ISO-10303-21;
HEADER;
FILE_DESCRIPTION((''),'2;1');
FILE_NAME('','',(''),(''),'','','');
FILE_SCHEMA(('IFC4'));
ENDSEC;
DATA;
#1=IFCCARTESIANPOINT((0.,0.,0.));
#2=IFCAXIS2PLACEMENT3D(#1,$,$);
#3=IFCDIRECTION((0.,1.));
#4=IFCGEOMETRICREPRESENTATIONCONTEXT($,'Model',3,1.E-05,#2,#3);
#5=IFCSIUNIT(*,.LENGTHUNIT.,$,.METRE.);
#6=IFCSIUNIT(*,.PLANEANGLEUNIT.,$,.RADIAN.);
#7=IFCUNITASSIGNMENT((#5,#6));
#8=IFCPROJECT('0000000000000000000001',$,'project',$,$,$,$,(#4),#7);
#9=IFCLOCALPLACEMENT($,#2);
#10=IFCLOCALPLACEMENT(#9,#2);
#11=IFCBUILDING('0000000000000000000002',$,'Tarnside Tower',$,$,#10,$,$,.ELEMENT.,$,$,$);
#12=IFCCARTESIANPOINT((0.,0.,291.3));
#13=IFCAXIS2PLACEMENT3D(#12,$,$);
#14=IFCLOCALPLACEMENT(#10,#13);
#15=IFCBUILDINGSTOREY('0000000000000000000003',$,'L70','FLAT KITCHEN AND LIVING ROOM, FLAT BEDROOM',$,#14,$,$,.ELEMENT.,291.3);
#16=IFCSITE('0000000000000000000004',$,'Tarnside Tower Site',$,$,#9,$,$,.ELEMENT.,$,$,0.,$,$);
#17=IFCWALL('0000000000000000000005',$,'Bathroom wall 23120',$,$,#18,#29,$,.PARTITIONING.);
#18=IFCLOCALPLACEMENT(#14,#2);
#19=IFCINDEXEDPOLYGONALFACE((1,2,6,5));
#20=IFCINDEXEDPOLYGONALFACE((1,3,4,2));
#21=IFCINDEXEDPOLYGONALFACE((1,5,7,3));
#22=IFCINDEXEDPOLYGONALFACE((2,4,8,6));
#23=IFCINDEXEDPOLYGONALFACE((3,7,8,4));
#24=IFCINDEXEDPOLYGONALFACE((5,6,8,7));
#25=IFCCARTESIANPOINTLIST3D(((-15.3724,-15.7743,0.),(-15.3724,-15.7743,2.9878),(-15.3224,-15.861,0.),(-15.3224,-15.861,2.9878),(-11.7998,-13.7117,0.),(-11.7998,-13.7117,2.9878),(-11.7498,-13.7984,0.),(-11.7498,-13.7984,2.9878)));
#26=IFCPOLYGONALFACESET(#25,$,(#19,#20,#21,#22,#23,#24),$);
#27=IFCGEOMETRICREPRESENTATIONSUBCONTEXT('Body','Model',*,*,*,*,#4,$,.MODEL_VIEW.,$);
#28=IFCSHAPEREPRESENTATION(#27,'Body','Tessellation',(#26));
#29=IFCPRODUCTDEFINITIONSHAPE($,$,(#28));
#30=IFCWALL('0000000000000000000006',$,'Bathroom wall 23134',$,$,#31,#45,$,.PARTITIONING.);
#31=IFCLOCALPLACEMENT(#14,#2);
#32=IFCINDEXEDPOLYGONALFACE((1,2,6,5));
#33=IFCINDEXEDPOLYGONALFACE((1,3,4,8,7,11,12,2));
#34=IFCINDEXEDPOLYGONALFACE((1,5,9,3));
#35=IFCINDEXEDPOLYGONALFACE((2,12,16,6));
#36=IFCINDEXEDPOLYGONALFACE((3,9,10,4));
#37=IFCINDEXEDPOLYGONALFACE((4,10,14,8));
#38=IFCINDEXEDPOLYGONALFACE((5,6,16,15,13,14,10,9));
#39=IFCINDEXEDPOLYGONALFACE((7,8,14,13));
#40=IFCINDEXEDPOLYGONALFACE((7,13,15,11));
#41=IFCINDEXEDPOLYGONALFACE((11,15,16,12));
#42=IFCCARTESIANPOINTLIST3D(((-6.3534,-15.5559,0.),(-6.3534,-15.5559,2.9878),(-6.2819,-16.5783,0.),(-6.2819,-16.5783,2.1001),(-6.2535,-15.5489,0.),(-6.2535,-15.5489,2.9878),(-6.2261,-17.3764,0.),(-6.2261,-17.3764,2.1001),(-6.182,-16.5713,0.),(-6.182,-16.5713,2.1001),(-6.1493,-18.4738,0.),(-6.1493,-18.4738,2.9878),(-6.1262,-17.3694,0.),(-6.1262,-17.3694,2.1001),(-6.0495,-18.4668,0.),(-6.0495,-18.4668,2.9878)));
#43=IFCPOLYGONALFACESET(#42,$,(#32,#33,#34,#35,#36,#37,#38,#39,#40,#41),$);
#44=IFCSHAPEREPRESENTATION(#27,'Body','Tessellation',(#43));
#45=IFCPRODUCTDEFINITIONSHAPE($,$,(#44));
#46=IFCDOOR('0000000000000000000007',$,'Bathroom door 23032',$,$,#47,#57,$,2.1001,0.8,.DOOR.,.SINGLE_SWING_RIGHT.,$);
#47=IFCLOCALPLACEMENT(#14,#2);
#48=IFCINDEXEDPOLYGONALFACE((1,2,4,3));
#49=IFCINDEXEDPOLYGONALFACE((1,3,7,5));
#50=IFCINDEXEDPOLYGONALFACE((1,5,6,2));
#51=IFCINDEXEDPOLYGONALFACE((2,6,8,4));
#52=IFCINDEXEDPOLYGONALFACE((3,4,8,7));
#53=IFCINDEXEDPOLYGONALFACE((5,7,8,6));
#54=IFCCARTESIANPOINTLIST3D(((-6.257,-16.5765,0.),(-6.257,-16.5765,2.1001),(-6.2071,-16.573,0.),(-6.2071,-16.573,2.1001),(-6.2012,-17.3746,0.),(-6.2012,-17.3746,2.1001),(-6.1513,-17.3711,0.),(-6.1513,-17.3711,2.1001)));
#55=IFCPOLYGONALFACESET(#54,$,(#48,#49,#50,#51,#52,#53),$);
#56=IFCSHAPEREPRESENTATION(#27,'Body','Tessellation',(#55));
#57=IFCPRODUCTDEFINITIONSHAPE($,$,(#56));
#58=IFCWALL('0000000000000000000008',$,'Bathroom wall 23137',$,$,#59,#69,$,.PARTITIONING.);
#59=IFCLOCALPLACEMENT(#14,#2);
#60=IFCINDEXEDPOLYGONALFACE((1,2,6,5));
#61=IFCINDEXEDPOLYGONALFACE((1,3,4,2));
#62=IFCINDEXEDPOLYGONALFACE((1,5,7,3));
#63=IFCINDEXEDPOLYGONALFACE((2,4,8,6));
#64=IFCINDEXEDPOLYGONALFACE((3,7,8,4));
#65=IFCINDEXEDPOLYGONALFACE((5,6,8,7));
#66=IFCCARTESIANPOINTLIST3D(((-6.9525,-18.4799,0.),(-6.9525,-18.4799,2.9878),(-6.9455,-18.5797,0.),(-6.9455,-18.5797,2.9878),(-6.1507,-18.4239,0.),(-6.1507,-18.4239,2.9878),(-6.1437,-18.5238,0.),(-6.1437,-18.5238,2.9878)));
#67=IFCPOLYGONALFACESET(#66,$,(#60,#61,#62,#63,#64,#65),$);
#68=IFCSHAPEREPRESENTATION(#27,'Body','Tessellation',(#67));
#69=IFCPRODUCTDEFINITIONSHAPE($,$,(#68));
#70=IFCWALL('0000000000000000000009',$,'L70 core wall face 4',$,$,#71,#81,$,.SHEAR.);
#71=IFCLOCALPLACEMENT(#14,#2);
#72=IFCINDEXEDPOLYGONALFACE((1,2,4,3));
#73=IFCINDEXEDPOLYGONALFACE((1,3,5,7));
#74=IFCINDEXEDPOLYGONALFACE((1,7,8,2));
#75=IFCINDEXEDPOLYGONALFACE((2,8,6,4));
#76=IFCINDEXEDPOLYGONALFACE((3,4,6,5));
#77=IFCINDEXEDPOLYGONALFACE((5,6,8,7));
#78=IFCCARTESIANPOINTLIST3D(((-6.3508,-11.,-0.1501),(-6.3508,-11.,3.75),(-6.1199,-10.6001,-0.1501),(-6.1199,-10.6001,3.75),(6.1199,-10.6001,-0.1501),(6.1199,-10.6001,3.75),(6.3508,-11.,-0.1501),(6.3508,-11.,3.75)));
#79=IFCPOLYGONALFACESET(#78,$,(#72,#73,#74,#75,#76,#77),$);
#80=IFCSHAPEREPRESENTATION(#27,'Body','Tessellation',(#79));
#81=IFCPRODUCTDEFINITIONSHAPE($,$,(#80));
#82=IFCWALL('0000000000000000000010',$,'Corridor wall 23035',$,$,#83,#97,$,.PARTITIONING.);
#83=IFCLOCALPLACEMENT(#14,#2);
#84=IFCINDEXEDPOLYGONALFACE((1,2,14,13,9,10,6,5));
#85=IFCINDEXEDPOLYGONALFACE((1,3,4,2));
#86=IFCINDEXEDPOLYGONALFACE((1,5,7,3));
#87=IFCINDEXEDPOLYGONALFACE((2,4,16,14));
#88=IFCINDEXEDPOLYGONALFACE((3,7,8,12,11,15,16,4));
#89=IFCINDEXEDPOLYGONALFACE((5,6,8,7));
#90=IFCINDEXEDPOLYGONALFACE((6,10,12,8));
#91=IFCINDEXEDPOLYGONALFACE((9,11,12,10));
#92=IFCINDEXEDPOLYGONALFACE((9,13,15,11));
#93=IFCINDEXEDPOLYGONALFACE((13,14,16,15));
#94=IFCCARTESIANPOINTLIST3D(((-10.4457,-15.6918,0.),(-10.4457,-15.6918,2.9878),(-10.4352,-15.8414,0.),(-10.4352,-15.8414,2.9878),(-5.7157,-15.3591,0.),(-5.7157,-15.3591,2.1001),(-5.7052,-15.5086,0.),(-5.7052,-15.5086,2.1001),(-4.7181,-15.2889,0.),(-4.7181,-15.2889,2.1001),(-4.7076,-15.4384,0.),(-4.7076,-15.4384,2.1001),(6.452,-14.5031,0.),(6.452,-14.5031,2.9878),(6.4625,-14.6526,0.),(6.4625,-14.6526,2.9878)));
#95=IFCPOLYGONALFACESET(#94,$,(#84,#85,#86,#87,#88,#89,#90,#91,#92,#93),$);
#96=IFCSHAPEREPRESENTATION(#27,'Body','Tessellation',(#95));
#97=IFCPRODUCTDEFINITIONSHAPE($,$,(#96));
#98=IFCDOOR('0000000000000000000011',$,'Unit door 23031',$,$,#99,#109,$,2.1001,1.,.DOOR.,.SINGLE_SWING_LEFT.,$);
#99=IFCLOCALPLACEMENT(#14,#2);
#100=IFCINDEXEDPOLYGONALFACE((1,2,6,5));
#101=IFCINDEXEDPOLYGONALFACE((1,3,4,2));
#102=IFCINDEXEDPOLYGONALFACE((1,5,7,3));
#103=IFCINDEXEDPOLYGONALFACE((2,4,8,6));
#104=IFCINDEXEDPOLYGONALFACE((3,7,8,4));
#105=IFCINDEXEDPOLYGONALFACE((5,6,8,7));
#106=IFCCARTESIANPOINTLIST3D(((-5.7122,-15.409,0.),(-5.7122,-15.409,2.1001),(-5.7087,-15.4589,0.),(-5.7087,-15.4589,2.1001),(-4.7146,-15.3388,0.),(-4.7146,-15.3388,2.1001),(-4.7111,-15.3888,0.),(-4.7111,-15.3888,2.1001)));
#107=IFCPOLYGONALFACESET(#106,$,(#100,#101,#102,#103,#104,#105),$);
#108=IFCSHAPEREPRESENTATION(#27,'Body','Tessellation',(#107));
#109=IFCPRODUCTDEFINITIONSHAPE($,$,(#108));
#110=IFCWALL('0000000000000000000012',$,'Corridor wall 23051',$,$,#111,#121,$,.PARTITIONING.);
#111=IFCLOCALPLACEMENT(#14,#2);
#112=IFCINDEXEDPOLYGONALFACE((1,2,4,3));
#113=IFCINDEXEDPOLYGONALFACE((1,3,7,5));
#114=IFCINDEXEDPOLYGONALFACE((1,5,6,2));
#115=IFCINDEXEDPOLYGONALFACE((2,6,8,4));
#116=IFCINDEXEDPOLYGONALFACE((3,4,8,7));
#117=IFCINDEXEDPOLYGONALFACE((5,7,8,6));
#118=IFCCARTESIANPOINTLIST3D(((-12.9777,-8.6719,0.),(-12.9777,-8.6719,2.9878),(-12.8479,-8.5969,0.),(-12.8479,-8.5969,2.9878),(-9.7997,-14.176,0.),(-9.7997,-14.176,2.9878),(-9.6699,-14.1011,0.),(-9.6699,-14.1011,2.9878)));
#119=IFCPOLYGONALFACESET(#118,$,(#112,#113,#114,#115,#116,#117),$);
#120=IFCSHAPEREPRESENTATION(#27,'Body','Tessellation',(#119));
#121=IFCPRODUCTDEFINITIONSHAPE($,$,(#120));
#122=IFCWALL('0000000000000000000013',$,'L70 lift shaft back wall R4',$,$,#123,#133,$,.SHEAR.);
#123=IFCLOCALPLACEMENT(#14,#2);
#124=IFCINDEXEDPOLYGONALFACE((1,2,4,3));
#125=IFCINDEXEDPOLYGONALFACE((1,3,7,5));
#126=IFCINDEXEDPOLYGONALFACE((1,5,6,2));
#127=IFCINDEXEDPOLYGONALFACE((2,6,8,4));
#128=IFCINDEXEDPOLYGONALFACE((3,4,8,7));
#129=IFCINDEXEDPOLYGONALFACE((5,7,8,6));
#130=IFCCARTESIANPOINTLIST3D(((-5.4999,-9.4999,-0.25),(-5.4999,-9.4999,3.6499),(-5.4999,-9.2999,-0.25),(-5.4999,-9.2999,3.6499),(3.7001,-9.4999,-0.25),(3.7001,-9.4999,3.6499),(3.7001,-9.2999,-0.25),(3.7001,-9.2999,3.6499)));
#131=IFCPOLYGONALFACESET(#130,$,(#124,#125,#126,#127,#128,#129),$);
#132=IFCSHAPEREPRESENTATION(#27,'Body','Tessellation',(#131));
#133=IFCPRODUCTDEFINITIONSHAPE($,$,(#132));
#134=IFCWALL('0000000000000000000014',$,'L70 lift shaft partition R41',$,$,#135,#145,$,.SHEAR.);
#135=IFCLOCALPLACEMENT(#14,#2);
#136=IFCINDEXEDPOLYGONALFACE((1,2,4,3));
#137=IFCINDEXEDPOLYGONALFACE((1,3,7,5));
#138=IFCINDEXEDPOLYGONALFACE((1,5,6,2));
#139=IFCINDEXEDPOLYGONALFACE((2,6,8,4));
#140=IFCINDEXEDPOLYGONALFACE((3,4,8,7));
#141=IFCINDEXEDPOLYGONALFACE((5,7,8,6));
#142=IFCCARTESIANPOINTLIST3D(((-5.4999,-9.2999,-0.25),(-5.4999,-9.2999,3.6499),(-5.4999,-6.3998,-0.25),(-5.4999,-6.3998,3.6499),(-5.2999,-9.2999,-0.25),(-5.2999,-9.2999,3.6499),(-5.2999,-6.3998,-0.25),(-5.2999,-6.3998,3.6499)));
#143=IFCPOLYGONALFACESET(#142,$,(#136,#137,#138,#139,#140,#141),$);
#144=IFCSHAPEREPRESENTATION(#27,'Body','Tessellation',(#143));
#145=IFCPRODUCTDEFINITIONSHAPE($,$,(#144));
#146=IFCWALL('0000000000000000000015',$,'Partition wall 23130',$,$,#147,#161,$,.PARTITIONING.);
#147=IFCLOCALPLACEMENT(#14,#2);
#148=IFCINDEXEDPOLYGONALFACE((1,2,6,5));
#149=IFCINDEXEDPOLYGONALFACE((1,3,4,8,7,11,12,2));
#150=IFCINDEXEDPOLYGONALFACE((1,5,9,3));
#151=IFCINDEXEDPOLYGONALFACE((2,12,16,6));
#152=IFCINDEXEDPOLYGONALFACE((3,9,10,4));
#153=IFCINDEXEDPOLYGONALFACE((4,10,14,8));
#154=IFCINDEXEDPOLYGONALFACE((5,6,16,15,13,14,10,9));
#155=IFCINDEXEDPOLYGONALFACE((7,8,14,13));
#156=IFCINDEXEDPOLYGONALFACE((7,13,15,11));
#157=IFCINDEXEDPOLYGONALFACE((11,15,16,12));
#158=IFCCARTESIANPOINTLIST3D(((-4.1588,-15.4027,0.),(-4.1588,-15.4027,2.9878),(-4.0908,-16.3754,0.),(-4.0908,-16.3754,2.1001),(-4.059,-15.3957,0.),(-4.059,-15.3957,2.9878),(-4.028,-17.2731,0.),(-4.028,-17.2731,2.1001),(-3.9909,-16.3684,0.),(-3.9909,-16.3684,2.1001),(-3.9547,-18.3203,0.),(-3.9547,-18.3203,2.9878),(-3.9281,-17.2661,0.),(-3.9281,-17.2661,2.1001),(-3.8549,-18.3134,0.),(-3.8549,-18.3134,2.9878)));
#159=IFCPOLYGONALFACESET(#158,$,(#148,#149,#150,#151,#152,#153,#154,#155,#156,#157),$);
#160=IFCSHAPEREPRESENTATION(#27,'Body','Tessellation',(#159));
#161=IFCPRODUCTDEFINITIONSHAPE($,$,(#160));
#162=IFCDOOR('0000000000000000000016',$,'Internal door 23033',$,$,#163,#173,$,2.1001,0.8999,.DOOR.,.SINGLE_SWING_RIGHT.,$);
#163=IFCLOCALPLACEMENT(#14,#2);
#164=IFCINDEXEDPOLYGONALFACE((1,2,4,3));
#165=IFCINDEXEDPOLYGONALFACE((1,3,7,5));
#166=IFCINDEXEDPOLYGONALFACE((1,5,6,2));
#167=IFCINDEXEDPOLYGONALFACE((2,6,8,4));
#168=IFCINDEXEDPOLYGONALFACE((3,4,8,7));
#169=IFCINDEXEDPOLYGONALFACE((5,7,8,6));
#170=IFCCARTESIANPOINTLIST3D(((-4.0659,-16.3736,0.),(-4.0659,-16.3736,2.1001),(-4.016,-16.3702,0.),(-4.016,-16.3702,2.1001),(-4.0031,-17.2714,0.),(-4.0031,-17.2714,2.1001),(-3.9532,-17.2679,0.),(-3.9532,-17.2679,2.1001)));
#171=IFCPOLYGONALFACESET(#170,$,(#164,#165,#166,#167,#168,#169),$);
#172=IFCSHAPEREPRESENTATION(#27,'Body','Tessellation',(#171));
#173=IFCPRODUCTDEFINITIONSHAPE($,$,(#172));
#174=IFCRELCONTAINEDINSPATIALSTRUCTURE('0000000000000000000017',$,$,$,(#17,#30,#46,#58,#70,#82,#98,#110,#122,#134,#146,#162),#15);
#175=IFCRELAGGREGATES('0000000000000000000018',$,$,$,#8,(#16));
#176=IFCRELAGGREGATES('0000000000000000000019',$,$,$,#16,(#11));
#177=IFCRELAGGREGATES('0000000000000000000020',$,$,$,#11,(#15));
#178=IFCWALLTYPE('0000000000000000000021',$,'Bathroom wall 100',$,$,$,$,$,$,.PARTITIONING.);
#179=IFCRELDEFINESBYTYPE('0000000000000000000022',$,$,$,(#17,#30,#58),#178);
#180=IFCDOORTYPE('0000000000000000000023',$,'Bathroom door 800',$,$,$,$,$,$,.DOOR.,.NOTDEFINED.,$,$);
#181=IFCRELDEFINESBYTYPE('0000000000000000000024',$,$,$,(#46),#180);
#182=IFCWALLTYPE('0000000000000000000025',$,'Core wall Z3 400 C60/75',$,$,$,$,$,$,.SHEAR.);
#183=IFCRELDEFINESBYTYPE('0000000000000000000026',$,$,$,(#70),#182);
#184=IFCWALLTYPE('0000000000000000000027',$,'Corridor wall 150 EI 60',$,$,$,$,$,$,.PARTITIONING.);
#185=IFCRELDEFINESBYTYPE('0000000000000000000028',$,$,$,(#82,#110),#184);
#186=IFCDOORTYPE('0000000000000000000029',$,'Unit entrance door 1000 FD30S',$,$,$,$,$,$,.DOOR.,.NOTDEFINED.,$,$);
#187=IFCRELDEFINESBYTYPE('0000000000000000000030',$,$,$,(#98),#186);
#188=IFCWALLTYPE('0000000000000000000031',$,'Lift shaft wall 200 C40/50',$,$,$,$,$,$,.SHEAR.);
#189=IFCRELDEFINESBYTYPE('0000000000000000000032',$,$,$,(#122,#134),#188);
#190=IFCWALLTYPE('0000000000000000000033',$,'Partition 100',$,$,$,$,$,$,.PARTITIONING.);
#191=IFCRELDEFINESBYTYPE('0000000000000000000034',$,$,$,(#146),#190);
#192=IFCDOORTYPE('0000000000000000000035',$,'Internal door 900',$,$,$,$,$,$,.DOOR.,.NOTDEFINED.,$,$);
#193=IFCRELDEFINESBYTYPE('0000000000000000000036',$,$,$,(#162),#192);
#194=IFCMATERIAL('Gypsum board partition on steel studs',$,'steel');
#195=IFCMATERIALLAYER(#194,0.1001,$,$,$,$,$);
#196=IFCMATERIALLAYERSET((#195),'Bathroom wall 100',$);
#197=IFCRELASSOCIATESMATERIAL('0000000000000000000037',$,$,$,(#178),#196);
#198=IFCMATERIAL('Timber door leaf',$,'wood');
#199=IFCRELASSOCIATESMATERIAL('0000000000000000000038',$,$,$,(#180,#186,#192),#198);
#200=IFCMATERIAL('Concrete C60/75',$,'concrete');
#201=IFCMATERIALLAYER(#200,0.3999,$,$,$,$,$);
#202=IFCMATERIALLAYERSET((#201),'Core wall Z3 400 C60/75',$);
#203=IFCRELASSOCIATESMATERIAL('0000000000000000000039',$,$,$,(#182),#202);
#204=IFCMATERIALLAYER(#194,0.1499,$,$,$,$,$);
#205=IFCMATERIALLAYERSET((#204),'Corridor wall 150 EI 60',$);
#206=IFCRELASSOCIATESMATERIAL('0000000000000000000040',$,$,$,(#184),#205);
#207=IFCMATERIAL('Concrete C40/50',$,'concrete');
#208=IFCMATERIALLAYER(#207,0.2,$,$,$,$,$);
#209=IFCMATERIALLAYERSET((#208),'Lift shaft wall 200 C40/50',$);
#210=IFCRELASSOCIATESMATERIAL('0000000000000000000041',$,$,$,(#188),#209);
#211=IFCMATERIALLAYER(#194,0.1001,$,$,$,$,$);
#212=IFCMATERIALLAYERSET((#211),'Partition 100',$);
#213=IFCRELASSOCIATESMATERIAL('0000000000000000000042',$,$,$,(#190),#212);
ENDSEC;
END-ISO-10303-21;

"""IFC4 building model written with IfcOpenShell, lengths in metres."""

from ifc_helpers import new_model, si_unit, direction, frame, frame_2d, origin, place, context, subcontext, project, spatial, polyline, rectangle, outline, extrude, material, layer, layer_set, type_object, element, fill, save


model = new_model("IFC4")

# Units and contexts
model_context = context("Model", 3, precision=1e-05, world=origin(), true_north=direction((0.0, 1.0)))
body_context = subcontext(model_context, "Body", "Model", "MODEL_VIEW")
ifc_project = project(units=[si_unit("LENGTHUNIT", "METRE"), si_unit("PLANEANGLEUNIT", "RADIAN")], contexts=[model_context])

# Site, building, storey
site_placement = place(None, origin())
site = spatial("IfcSite", under=ifc_project, at=site_placement, Name="Tarnside Tower Site", CompositionType="ELEMENT", RefElevation=0.0)
building_placement = place(site_placement, origin())
building = spatial("IfcBuilding", under=site, at=building_placement, Name="Tarnside Tower", CompositionType="ELEMENT")
storey_placement = place(building_placement, frame((0.0, 0.0, 291.3)))
storey = spatial("IfcBuildingStorey", under=building, at=storey_placement, Name="L70", Description="FLAT KITCHEN AND LIVING ROOM, FLAT BEDROOM", CompositionType="ELEMENT", Elevation=291.3)

# Wall
ifc_material_1 = material(Name="Gypsum board partition on steel studs", Category="steel")
ifc_layer_1 = layer(ifc_material_1, 0.1001)
ifc_layer_set_1 = layer_set([ifc_layer_1], Name="Bathroom wall 100")
wall_type_1 = type_object("IfcWallType", Name="Bathroom wall 100", PredefinedType="PARTITIONING", material=ifc_layer_set_1)
wall_1_placement = place(storey_placement, frame((-11.7749, -13.7551, 0.0), z_axis=(0.0, 0.0, 1.0), x_axis=(-0.866035, -0.499984, 0.0)))
element("IfcWall", 1, at=wall_1_placement, inside=storey, type_object=wall_type_1, Name="Bathroom wall 23120", PredefinedType="PARTITIONING", context=body_context, shape_type="SweptSolid", body=[
    extrude(rectangle(XDim=4.1252, YDim=0.1001, at=frame_2d((2.0625, 0.0))), origin(), (0.0, 0.0, 1.0), 2.9878),
])

# Wall, opening, door
wall_2_placement = place(storey_placement, frame((-6.3035, -15.5525, 0.0), z_axis=(0.0, 0.0, 1.0), x_axis=(0.069776, -0.997563, 0.0)))
wall_2 = element("IfcWall", 2, at=wall_2_placement, inside=storey, type_object=wall_type_1, Name="Bathroom wall 23134", PredefinedType="PARTITIONING", context=body_context, shape_type="SweptSolid", body=[
    extrude(rectangle(XDim=2.925, YDim=0.1001, at=frame_2d((1.4624, 0.0))), origin(), (0.0, 0.0, 1.0), 2.9878),
])
opening_1_placement = place(wall_2_placement, frame((1.0249, 0.0, 0.0)))
opening_1 = element("IfcOpeningElement", 3, at=opening_1_placement, cuts=wall_2, PredefinedType="OPENING", context=body_context, shape_type="SweptSolid", body=[
    extrude(rectangle(XDim=0.8, YDim=2.1001, at=frame_2d((0.3999, 1.05))), frame((0.0, 0.0601, 0.0), z_axis=(0.0, -1.0, 0.0), x_axis=(1.0, 0.0, 0.0)), (0.0, 0.0, 1.0), 0.1201),
])
ifc_material_2 = material(Name="Timber door leaf", Category="wood")
door_type_1 = type_object("IfcDoorType", Name="Bathroom door 800", OperationType="NOTDEFINED", PredefinedType="DOOR", material=ifc_material_2)
door_1_placement = place(opening_1_placement, origin())
door_1 = element("IfcDoor", 4, at=door_1_placement, inside=storey, type_object=door_type_1, Name="Bathroom door 23032", OperationType="SINGLE_SWING_RIGHT", OverallHeight=2.1001, OverallWidth=0.8, PredefinedType="DOOR", context=body_context, shape_type="SweptSolid", body=[
    extrude(rectangle(XDim=0.8, YDim=2.1001, at=frame_2d((0.3999, 1.05))), frame((0.0, 0.0249, 0.0), z_axis=(0.0, -1.0, 0.0), x_axis=(1.0, 0.0, 0.0)), (0.0, 0.0, 1.0), 0.05),
])
fill(opening_1, door_1)

# Walls
wall_3_placement = place(storey_placement, frame((-6.949, -18.5298, 0.0), z_axis=(0.0, 0.0, 1.0), x_axis=(0.997578, 0.069563, 0.0)))
element("IfcWall", 5, at=wall_3_placement, inside=storey, type_object=wall_type_1, Name="Bathroom wall 23137", PredefinedType="PARTITIONING", context=body_context, shape_type="SweptSolid", body=[
    extrude(rectangle(XDim=0.8037, YDim=0.1001, at=frame_2d((0.4019, 0.0))), origin(), (0.0, 0.0, 1.0), 2.9878),
])
ifc_material_3 = material(Name="Concrete C60/75", Category="concrete")
ifc_layer_2 = layer(ifc_material_3, 0.3999)
ifc_layer_set_2 = layer_set([ifc_layer_2], Name="Core wall Z3 400 C60/75")
wall_type_2 = type_object("IfcWallType", Name="Core wall Z3 400 C60/75", PredefinedType="SHEAR", material=ifc_layer_set_2)
wall_4_placement = place(storey_placement, frame((-6.2354, -10.8, -0.1501), z_axis=(0.0, 0.0, 1.0), x_axis=(1.0, 0.0, 0.0)))
element("IfcWall", 6, at=wall_4_placement, inside=storey, type_object=wall_type_2, Name="L70 core wall face 4", PredefinedType="SHEAR", context=body_context, shape_type="SweptSolid", body=[
    extrude(outline(polyline([(-0.1155, -0.2), (12.5862, -0.2), (12.3552, 0.2), (0.1155, 0.2), (-0.1155, -0.2)])), origin(), (0.0, 0.0, 1.0), 3.9001),
])

# Wall, opening, door
ifc_layer_3 = layer(ifc_material_1, 0.1499)
ifc_layer_set_3 = layer_set([ifc_layer_3], Name="Corridor wall 150 EI 60")
wall_type_3 = type_object("IfcWallType", Name="Corridor wall 150 EI 60", PredefinedType="PARTITIONING", material=ifc_layer_set_3)
wall_5_placement = place(storey_placement, frame((-10.4404, -15.7666, 0.0), z_axis=(0.0, 0.0, 1.0), x_axis=(0.997535, 0.070175, 0.0)))
wall_5 = element("IfcWall", 7, at=wall_5_placement, inside=storey, type_object=wall_type_3, Name="Corridor wall 23035", PredefinedType="PARTITIONING", context=body_context, shape_type="SweptSolid", body=[
    extrude(rectangle(XDim=16.9395, YDim=0.1499, at=frame_2d((8.4697, 0.0))), origin(), (0.0, 0.0, 1.0), 2.9878),
])
opening_2_placement = place(wall_5_placement, frame((4.7417, 0.0, 0.0)))
opening_2 = element("IfcOpeningElement", 8, at=opening_2_placement, cuts=wall_5, PredefinedType="OPENING", context=body_context, shape_type="SweptSolid", body=[
    extrude(rectangle(XDim=1.0, YDim=2.1001, at=frame_2d((0.5, 1.05))), frame((0.0, 0.085, 0.0), z_axis=(0.0, -1.0, 0.0), x_axis=(1.0, 0.0, 0.0)), (0.0, 0.0, 1.0), 0.1699),
])
door_type_2 = type_object("IfcDoorType", Name="Unit entrance door 1000 FD30S", OperationType="NOTDEFINED", PredefinedType="DOOR", material=ifc_material_2)
door_2_placement = place(opening_2_placement, origin())
door_2 = element("IfcDoor", 9, at=door_2_placement, inside=storey, type_object=door_type_2, Name="Unit door 23031", OperationType="SINGLE_SWING_LEFT", OverallHeight=2.1001, OverallWidth=1.0, PredefinedType="DOOR", context=body_context, shape_type="SweptSolid", body=[
    extrude(rectangle(XDim=1.0, YDim=2.1001, at=frame_2d((0.5, 1.05))), frame((0.0, 0.0249, 0.0), z_axis=(0.0, -1.0, 0.0), x_axis=(1.0, 0.0, 0.0)), (0.0, 0.0, 1.0), 0.05),
])
fill(opening_2, door_2)

# Walls
wall_6_placement = place(storey_placement, frame((-9.7349, -14.1384, 0.0), z_axis=(0.0, 0.0, 1.0), x_axis=(-0.500018, 0.866015, 0.0)))
element("IfcWall", 10, at=wall_6_placement, inside=storey, type_object=wall_type_3, Name="Corridor wall 23051", PredefinedType="PARTITIONING", context=body_context, shape_type="SweptSolid", body=[
    extrude(rectangle(XDim=6.3557, YDim=0.1499, at=frame_2d((3.1777, 0.0))), origin(), (0.0, 0.0, 1.0), 2.9878),
])
ifc_material_4 = material(Name="Concrete C40/50", Category="concrete")
ifc_layer_4 = layer(ifc_material_4, 0.2)
ifc_layer_set_4 = layer_set([ifc_layer_4], Name="Lift shaft wall 200 C40/50")
wall_type_4 = type_object("IfcWallType", Name="Lift shaft wall 200 C40/50", PredefinedType="SHEAR", material=ifc_layer_set_4)
wall_7_placement = place(storey_placement, frame((-5.5, -9.3999, -0.25), z_axis=(0.0, 0.0, 1.0), x_axis=(1.0, 0.0, 0.0)))
element("IfcWall", 11, at=wall_7_placement, inside=storey, type_object=wall_type_4, Name="L70 lift shaft back wall R4", PredefinedType="SHEAR", context=body_context, shape_type="SweptSolid", body=[
    extrude(rectangle(XDim=9.2, YDim=0.2, at=frame_2d((4.6001, 0.0))), origin(), (0.0, 0.0, 1.0), 3.8999),
])
wall_8_placement = place(storey_placement, frame((-5.3999, -9.3, -0.25), z_axis=(0.0, 0.0, 1.0), x_axis=(0.0, 1.0, 0.0)))
element("IfcWall", 12, at=wall_8_placement, inside=storey, type_object=wall_type_4, Name="L70 lift shaft partition R41", PredefinedType="SHEAR", context=body_context, shape_type="SweptSolid", body=[
    extrude(rectangle(XDim=2.9001, YDim=0.2, at=frame_2d((1.4502, 0.0))), origin(), (0.0, 0.0, 1.0), 3.8999),
])

# Wall, opening, door
ifc_layer_5 = layer(ifc_material_1, 0.1001)
ifc_layer_set_5 = layer_set([ifc_layer_5], Name="Partition 100")
wall_type_5 = type_object("IfcWallType", Name="Partition 100", PredefinedType="PARTITIONING", material=ifc_layer_set_5)
wall_9_placement = place(storey_placement, frame((-4.1089, -15.3992, 0.0), z_axis=(0.0, 0.0, 1.0), x_axis=(0.069782, -0.997562, 0.0)))
wall_9 = element("IfcWall", 13, at=wall_9_placement, inside=storey, type_object=wall_type_5, Name="Partition wall 23130", PredefinedType="PARTITIONING", context=body_context, shape_type="SweptSolid", body=[
    extrude(rectangle(XDim=2.9248, YDim=0.1001, at=frame_2d((1.4624, 0.0))), origin(), (0.0, 0.0, 1.0), 2.9878),
])
opening_3_placement = place(wall_9_placement, frame((0.9751, 0.0, 0.0)))
opening_3 = element("IfcOpeningElement", 14, at=opening_3_placement, cuts=wall_9, PredefinedType="OPENING", context=body_context, shape_type="SweptSolid", body=[
    extrude(rectangle(XDim=0.8999, YDim=2.1001, at=frame_2d((0.45, 1.05))), frame((0.0, 0.0601, 0.0), z_axis=(0.0, -1.0, 0.0), x_axis=(1.0, 0.0, 0.0)), (0.0, 0.0, 1.0), 0.1201),
])
door_type_3 = type_object("IfcDoorType", Name="Internal door 900", OperationType="NOTDEFINED", PredefinedType="DOOR", material=ifc_material_2)
door_3_placement = place(opening_3_placement, origin())
door_3 = element("IfcDoor", 15, at=door_3_placement, inside=storey, type_object=door_type_3, Name="Internal door 23033", OperationType="SINGLE_SWING_RIGHT", OverallHeight=2.1001, OverallWidth=0.8999, PredefinedType="DOOR", context=body_context, shape_type="SweptSolid", body=[
    extrude(rectangle(XDim=0.8999, YDim=2.1001, at=frame_2d((0.45, 1.05))), frame((0.0, 0.0249, 0.0), z_axis=(0.0, -1.0, 0.0), x_axis=(1.0, 0.0, 0.0)), (0.0, 0.0, 1.0), 0.05),
])
fill(opening_3, door_3)

save(model, "model.ifc")
